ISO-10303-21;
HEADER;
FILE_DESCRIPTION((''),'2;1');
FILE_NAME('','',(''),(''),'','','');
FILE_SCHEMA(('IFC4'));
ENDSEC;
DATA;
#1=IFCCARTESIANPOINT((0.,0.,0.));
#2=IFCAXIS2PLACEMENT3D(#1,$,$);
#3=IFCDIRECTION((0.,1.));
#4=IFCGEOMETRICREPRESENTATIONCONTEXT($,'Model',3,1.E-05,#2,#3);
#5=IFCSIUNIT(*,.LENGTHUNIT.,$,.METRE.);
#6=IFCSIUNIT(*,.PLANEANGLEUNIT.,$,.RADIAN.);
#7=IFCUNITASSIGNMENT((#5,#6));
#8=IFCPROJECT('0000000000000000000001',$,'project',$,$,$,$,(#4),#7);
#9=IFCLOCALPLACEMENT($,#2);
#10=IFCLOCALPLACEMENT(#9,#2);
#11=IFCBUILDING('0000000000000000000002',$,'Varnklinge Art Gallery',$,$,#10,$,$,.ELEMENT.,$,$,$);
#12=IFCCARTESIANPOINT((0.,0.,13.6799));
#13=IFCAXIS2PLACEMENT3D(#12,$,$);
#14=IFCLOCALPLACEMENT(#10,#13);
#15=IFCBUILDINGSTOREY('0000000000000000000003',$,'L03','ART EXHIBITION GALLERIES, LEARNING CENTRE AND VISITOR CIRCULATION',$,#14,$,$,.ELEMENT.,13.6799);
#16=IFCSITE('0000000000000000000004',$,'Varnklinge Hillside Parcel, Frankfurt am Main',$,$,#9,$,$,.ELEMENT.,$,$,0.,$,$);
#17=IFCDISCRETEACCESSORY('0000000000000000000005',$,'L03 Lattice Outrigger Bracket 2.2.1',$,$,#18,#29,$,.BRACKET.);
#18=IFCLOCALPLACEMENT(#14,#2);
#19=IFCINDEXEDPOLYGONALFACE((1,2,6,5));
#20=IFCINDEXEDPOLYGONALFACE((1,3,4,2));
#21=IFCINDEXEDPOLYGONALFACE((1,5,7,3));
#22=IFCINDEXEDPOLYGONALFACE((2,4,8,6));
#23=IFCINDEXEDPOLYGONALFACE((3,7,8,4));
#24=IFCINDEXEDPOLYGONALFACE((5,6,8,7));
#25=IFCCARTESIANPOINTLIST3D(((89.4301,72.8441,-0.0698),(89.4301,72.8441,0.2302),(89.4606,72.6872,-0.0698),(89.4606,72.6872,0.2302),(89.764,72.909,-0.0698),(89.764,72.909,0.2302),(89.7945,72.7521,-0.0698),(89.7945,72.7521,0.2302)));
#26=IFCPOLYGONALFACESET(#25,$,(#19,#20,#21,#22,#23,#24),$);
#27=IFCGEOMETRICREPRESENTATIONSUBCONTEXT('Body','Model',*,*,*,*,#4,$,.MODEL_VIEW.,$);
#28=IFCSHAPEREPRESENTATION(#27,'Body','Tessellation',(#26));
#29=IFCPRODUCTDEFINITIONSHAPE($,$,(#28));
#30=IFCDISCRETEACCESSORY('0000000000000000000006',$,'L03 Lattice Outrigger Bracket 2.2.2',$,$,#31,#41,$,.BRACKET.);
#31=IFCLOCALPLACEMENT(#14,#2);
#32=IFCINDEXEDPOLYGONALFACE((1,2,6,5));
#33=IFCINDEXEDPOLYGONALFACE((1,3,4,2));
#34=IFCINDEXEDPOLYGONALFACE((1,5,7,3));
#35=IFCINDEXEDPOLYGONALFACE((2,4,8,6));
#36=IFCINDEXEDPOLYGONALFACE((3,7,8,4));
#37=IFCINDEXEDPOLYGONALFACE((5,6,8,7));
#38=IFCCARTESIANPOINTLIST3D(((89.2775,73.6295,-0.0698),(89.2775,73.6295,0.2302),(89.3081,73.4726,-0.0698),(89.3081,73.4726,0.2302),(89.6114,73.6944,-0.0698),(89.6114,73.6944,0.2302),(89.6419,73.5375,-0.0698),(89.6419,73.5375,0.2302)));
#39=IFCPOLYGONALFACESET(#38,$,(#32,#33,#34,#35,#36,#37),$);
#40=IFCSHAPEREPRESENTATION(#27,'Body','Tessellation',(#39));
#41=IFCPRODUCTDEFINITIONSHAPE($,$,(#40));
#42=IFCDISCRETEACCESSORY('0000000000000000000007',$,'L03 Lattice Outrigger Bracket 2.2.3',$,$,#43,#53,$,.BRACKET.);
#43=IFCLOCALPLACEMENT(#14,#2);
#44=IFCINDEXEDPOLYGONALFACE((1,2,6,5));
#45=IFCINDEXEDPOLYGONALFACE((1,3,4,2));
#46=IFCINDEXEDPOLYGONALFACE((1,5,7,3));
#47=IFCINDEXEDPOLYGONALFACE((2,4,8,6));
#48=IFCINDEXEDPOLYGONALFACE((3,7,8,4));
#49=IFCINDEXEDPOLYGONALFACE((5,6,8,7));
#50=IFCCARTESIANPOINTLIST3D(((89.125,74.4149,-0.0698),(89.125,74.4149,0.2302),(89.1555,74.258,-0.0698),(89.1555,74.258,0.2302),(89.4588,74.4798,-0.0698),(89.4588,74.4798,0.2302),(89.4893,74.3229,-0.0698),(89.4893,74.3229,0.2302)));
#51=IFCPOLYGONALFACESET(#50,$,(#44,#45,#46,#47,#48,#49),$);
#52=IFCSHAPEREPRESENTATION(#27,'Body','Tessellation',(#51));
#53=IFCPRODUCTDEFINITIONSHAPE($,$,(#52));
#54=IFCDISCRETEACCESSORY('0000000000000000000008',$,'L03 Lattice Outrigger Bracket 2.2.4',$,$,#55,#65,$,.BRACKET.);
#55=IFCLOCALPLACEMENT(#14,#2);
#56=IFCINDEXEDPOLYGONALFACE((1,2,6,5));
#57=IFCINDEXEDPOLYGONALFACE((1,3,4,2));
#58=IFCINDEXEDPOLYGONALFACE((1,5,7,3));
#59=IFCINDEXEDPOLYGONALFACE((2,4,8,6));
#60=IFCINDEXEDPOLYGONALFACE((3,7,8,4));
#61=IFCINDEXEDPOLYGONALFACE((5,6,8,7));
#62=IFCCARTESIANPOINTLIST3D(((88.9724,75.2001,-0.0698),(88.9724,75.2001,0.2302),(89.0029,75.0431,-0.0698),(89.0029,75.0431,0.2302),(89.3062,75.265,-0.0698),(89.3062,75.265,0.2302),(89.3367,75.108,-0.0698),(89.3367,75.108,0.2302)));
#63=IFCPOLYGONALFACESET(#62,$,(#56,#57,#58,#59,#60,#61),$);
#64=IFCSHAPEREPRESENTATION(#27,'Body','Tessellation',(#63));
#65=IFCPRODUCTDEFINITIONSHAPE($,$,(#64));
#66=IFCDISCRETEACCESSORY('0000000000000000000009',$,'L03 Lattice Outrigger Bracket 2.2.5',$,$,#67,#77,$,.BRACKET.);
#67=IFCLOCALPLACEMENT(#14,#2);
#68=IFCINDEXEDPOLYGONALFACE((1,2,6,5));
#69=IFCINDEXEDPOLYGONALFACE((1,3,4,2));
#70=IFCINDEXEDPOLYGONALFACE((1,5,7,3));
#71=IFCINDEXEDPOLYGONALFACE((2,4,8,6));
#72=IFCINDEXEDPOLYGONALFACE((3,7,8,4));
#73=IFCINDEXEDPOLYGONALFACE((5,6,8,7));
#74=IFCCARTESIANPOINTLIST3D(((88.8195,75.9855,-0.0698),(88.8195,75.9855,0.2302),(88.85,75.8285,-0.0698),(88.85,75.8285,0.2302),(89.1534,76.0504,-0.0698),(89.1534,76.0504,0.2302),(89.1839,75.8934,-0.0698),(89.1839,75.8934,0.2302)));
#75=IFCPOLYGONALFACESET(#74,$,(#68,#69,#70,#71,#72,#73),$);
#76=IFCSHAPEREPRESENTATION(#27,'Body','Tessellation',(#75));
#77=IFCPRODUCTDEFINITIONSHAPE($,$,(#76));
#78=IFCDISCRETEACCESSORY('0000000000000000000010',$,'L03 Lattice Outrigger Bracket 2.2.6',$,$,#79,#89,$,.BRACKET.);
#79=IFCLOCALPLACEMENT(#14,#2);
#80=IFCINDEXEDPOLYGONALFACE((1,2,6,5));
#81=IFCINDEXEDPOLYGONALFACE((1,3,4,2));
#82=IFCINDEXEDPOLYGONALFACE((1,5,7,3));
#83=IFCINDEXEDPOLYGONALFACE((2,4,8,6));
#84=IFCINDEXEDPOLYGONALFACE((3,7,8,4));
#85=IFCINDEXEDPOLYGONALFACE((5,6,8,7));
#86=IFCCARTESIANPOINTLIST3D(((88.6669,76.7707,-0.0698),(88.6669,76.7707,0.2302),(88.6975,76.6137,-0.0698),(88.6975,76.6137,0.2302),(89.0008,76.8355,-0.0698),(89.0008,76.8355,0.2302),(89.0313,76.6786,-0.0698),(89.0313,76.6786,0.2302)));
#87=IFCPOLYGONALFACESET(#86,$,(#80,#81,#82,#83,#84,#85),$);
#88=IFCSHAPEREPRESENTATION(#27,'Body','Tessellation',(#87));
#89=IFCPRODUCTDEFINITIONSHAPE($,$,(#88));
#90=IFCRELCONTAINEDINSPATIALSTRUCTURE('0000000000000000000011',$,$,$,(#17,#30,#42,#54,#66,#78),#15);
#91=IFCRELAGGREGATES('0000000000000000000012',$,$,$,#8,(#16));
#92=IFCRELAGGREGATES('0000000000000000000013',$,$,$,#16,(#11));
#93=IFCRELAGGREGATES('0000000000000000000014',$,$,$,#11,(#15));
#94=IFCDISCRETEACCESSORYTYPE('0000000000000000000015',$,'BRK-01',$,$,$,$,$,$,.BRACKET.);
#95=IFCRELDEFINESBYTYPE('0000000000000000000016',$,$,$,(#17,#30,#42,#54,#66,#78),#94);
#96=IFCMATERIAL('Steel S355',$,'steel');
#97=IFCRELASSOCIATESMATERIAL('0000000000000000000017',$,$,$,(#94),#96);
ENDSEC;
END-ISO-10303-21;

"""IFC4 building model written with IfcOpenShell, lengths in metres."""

from ifc_helpers import new_model, si_unit, direction, frame, origin, origin_2d, place, context, subcontext, project, spatial, rectangle, extrude, material, type_object, element, save


model = new_model("IFC4")

# Units and contexts
model_context = context("Model", 3, precision=1e-05, world=origin(), true_north=direction((0.0, 1.0)))
body_context = subcontext(model_context, "Body", "Model", "MODEL_VIEW")
ifc_project = project(units=[si_unit("LENGTHUNIT", "METRE"), si_unit("PLANEANGLEUNIT", "RADIAN")], contexts=[model_context])

# Site, building, storey
site_placement = place(None, origin())
site = spatial("IfcSite", under=ifc_project, at=site_placement, Name="Varnklinge Hillside Parcel, Frankfurt am Main", CompositionType="ELEMENT", RefElevation=0.0)
building_placement = place(site_placement, origin())
building = spatial("IfcBuilding", under=site, at=building_placement, Name="Varnklinge Art Gallery", CompositionType="ELEMENT")
storey_placement = place(building_placement, frame((0.0, 0.0, 13.6799)))
storey = spatial("IfcBuildingStorey", under=building, at=storey_placement, Name="L03", Description="ART EXHIBITION GALLERIES, LEARNING CENTRE AND VISITOR CIRCULATION", CompositionType="ELEMENT", Elevation=13.6799)

# Discrete accessories
ifc_material_1 = material(Name="Steel S355", Category="steel")
discrete_accessory_type = type_object("IfcDiscreteAccessoryType", Name="BRK-01", PredefinedType="BRACKET", material=ifc_material_1)
for number, where, z_axis, x_axis, name in (
    (1, (89.6123, 72.7981, -0.0698), (0.0, 0.0, 1.0), (-0.190809, 0.981627, 0.0), "L03 Lattice Outrigger Bracket 2.2.1"),
    (2, (89.4597, 73.5835, -0.0698), (0.0, 0.0, 1.0), (-0.190809, 0.981627, 0.0), "L03 Lattice Outrigger Bracket 2.2.2"),
    (3, (89.3071, 74.3689, -0.0698), (0.0, 0.0, 1.0), (-0.190809, 0.981627, 0.0), "L03 Lattice Outrigger Bracket 2.2.3"),
    (4, (89.1545, 75.1541, -0.0698), (0.0, 0.0, 1.0), (-0.190809, 0.981627, 0.0), "L03 Lattice Outrigger Bracket 2.2.4"),
    (5, (89.0017, 75.9395, -0.0698), (0.0, 0.0, 1.0), (-0.190809, 0.981627, 0.0), "L03 Lattice Outrigger Bracket 2.2.5"),
    (6, (88.8491, 76.7246, -0.0698), (0.0, 0.0, 1.0), (-0.190809, 0.981627, 0.0), "L03 Lattice Outrigger Bracket 2.2.6"),
):
    element("IfcDiscreteAccessory", number, at=place(storey_placement, frame(where, z_axis=z_axis, x_axis=x_axis)), inside=storey, type_object=discrete_accessory_type, Name=name, PredefinedType="BRACKET", context=body_context, shape_type="SweptSolid", body=[
        extrude(rectangle(XDim=0.1599, YDim=0.3401, at=origin_2d()), origin(), (0.0, 0.0, 1.0), 0.3),
    ])

save(model, "model.ifc")
